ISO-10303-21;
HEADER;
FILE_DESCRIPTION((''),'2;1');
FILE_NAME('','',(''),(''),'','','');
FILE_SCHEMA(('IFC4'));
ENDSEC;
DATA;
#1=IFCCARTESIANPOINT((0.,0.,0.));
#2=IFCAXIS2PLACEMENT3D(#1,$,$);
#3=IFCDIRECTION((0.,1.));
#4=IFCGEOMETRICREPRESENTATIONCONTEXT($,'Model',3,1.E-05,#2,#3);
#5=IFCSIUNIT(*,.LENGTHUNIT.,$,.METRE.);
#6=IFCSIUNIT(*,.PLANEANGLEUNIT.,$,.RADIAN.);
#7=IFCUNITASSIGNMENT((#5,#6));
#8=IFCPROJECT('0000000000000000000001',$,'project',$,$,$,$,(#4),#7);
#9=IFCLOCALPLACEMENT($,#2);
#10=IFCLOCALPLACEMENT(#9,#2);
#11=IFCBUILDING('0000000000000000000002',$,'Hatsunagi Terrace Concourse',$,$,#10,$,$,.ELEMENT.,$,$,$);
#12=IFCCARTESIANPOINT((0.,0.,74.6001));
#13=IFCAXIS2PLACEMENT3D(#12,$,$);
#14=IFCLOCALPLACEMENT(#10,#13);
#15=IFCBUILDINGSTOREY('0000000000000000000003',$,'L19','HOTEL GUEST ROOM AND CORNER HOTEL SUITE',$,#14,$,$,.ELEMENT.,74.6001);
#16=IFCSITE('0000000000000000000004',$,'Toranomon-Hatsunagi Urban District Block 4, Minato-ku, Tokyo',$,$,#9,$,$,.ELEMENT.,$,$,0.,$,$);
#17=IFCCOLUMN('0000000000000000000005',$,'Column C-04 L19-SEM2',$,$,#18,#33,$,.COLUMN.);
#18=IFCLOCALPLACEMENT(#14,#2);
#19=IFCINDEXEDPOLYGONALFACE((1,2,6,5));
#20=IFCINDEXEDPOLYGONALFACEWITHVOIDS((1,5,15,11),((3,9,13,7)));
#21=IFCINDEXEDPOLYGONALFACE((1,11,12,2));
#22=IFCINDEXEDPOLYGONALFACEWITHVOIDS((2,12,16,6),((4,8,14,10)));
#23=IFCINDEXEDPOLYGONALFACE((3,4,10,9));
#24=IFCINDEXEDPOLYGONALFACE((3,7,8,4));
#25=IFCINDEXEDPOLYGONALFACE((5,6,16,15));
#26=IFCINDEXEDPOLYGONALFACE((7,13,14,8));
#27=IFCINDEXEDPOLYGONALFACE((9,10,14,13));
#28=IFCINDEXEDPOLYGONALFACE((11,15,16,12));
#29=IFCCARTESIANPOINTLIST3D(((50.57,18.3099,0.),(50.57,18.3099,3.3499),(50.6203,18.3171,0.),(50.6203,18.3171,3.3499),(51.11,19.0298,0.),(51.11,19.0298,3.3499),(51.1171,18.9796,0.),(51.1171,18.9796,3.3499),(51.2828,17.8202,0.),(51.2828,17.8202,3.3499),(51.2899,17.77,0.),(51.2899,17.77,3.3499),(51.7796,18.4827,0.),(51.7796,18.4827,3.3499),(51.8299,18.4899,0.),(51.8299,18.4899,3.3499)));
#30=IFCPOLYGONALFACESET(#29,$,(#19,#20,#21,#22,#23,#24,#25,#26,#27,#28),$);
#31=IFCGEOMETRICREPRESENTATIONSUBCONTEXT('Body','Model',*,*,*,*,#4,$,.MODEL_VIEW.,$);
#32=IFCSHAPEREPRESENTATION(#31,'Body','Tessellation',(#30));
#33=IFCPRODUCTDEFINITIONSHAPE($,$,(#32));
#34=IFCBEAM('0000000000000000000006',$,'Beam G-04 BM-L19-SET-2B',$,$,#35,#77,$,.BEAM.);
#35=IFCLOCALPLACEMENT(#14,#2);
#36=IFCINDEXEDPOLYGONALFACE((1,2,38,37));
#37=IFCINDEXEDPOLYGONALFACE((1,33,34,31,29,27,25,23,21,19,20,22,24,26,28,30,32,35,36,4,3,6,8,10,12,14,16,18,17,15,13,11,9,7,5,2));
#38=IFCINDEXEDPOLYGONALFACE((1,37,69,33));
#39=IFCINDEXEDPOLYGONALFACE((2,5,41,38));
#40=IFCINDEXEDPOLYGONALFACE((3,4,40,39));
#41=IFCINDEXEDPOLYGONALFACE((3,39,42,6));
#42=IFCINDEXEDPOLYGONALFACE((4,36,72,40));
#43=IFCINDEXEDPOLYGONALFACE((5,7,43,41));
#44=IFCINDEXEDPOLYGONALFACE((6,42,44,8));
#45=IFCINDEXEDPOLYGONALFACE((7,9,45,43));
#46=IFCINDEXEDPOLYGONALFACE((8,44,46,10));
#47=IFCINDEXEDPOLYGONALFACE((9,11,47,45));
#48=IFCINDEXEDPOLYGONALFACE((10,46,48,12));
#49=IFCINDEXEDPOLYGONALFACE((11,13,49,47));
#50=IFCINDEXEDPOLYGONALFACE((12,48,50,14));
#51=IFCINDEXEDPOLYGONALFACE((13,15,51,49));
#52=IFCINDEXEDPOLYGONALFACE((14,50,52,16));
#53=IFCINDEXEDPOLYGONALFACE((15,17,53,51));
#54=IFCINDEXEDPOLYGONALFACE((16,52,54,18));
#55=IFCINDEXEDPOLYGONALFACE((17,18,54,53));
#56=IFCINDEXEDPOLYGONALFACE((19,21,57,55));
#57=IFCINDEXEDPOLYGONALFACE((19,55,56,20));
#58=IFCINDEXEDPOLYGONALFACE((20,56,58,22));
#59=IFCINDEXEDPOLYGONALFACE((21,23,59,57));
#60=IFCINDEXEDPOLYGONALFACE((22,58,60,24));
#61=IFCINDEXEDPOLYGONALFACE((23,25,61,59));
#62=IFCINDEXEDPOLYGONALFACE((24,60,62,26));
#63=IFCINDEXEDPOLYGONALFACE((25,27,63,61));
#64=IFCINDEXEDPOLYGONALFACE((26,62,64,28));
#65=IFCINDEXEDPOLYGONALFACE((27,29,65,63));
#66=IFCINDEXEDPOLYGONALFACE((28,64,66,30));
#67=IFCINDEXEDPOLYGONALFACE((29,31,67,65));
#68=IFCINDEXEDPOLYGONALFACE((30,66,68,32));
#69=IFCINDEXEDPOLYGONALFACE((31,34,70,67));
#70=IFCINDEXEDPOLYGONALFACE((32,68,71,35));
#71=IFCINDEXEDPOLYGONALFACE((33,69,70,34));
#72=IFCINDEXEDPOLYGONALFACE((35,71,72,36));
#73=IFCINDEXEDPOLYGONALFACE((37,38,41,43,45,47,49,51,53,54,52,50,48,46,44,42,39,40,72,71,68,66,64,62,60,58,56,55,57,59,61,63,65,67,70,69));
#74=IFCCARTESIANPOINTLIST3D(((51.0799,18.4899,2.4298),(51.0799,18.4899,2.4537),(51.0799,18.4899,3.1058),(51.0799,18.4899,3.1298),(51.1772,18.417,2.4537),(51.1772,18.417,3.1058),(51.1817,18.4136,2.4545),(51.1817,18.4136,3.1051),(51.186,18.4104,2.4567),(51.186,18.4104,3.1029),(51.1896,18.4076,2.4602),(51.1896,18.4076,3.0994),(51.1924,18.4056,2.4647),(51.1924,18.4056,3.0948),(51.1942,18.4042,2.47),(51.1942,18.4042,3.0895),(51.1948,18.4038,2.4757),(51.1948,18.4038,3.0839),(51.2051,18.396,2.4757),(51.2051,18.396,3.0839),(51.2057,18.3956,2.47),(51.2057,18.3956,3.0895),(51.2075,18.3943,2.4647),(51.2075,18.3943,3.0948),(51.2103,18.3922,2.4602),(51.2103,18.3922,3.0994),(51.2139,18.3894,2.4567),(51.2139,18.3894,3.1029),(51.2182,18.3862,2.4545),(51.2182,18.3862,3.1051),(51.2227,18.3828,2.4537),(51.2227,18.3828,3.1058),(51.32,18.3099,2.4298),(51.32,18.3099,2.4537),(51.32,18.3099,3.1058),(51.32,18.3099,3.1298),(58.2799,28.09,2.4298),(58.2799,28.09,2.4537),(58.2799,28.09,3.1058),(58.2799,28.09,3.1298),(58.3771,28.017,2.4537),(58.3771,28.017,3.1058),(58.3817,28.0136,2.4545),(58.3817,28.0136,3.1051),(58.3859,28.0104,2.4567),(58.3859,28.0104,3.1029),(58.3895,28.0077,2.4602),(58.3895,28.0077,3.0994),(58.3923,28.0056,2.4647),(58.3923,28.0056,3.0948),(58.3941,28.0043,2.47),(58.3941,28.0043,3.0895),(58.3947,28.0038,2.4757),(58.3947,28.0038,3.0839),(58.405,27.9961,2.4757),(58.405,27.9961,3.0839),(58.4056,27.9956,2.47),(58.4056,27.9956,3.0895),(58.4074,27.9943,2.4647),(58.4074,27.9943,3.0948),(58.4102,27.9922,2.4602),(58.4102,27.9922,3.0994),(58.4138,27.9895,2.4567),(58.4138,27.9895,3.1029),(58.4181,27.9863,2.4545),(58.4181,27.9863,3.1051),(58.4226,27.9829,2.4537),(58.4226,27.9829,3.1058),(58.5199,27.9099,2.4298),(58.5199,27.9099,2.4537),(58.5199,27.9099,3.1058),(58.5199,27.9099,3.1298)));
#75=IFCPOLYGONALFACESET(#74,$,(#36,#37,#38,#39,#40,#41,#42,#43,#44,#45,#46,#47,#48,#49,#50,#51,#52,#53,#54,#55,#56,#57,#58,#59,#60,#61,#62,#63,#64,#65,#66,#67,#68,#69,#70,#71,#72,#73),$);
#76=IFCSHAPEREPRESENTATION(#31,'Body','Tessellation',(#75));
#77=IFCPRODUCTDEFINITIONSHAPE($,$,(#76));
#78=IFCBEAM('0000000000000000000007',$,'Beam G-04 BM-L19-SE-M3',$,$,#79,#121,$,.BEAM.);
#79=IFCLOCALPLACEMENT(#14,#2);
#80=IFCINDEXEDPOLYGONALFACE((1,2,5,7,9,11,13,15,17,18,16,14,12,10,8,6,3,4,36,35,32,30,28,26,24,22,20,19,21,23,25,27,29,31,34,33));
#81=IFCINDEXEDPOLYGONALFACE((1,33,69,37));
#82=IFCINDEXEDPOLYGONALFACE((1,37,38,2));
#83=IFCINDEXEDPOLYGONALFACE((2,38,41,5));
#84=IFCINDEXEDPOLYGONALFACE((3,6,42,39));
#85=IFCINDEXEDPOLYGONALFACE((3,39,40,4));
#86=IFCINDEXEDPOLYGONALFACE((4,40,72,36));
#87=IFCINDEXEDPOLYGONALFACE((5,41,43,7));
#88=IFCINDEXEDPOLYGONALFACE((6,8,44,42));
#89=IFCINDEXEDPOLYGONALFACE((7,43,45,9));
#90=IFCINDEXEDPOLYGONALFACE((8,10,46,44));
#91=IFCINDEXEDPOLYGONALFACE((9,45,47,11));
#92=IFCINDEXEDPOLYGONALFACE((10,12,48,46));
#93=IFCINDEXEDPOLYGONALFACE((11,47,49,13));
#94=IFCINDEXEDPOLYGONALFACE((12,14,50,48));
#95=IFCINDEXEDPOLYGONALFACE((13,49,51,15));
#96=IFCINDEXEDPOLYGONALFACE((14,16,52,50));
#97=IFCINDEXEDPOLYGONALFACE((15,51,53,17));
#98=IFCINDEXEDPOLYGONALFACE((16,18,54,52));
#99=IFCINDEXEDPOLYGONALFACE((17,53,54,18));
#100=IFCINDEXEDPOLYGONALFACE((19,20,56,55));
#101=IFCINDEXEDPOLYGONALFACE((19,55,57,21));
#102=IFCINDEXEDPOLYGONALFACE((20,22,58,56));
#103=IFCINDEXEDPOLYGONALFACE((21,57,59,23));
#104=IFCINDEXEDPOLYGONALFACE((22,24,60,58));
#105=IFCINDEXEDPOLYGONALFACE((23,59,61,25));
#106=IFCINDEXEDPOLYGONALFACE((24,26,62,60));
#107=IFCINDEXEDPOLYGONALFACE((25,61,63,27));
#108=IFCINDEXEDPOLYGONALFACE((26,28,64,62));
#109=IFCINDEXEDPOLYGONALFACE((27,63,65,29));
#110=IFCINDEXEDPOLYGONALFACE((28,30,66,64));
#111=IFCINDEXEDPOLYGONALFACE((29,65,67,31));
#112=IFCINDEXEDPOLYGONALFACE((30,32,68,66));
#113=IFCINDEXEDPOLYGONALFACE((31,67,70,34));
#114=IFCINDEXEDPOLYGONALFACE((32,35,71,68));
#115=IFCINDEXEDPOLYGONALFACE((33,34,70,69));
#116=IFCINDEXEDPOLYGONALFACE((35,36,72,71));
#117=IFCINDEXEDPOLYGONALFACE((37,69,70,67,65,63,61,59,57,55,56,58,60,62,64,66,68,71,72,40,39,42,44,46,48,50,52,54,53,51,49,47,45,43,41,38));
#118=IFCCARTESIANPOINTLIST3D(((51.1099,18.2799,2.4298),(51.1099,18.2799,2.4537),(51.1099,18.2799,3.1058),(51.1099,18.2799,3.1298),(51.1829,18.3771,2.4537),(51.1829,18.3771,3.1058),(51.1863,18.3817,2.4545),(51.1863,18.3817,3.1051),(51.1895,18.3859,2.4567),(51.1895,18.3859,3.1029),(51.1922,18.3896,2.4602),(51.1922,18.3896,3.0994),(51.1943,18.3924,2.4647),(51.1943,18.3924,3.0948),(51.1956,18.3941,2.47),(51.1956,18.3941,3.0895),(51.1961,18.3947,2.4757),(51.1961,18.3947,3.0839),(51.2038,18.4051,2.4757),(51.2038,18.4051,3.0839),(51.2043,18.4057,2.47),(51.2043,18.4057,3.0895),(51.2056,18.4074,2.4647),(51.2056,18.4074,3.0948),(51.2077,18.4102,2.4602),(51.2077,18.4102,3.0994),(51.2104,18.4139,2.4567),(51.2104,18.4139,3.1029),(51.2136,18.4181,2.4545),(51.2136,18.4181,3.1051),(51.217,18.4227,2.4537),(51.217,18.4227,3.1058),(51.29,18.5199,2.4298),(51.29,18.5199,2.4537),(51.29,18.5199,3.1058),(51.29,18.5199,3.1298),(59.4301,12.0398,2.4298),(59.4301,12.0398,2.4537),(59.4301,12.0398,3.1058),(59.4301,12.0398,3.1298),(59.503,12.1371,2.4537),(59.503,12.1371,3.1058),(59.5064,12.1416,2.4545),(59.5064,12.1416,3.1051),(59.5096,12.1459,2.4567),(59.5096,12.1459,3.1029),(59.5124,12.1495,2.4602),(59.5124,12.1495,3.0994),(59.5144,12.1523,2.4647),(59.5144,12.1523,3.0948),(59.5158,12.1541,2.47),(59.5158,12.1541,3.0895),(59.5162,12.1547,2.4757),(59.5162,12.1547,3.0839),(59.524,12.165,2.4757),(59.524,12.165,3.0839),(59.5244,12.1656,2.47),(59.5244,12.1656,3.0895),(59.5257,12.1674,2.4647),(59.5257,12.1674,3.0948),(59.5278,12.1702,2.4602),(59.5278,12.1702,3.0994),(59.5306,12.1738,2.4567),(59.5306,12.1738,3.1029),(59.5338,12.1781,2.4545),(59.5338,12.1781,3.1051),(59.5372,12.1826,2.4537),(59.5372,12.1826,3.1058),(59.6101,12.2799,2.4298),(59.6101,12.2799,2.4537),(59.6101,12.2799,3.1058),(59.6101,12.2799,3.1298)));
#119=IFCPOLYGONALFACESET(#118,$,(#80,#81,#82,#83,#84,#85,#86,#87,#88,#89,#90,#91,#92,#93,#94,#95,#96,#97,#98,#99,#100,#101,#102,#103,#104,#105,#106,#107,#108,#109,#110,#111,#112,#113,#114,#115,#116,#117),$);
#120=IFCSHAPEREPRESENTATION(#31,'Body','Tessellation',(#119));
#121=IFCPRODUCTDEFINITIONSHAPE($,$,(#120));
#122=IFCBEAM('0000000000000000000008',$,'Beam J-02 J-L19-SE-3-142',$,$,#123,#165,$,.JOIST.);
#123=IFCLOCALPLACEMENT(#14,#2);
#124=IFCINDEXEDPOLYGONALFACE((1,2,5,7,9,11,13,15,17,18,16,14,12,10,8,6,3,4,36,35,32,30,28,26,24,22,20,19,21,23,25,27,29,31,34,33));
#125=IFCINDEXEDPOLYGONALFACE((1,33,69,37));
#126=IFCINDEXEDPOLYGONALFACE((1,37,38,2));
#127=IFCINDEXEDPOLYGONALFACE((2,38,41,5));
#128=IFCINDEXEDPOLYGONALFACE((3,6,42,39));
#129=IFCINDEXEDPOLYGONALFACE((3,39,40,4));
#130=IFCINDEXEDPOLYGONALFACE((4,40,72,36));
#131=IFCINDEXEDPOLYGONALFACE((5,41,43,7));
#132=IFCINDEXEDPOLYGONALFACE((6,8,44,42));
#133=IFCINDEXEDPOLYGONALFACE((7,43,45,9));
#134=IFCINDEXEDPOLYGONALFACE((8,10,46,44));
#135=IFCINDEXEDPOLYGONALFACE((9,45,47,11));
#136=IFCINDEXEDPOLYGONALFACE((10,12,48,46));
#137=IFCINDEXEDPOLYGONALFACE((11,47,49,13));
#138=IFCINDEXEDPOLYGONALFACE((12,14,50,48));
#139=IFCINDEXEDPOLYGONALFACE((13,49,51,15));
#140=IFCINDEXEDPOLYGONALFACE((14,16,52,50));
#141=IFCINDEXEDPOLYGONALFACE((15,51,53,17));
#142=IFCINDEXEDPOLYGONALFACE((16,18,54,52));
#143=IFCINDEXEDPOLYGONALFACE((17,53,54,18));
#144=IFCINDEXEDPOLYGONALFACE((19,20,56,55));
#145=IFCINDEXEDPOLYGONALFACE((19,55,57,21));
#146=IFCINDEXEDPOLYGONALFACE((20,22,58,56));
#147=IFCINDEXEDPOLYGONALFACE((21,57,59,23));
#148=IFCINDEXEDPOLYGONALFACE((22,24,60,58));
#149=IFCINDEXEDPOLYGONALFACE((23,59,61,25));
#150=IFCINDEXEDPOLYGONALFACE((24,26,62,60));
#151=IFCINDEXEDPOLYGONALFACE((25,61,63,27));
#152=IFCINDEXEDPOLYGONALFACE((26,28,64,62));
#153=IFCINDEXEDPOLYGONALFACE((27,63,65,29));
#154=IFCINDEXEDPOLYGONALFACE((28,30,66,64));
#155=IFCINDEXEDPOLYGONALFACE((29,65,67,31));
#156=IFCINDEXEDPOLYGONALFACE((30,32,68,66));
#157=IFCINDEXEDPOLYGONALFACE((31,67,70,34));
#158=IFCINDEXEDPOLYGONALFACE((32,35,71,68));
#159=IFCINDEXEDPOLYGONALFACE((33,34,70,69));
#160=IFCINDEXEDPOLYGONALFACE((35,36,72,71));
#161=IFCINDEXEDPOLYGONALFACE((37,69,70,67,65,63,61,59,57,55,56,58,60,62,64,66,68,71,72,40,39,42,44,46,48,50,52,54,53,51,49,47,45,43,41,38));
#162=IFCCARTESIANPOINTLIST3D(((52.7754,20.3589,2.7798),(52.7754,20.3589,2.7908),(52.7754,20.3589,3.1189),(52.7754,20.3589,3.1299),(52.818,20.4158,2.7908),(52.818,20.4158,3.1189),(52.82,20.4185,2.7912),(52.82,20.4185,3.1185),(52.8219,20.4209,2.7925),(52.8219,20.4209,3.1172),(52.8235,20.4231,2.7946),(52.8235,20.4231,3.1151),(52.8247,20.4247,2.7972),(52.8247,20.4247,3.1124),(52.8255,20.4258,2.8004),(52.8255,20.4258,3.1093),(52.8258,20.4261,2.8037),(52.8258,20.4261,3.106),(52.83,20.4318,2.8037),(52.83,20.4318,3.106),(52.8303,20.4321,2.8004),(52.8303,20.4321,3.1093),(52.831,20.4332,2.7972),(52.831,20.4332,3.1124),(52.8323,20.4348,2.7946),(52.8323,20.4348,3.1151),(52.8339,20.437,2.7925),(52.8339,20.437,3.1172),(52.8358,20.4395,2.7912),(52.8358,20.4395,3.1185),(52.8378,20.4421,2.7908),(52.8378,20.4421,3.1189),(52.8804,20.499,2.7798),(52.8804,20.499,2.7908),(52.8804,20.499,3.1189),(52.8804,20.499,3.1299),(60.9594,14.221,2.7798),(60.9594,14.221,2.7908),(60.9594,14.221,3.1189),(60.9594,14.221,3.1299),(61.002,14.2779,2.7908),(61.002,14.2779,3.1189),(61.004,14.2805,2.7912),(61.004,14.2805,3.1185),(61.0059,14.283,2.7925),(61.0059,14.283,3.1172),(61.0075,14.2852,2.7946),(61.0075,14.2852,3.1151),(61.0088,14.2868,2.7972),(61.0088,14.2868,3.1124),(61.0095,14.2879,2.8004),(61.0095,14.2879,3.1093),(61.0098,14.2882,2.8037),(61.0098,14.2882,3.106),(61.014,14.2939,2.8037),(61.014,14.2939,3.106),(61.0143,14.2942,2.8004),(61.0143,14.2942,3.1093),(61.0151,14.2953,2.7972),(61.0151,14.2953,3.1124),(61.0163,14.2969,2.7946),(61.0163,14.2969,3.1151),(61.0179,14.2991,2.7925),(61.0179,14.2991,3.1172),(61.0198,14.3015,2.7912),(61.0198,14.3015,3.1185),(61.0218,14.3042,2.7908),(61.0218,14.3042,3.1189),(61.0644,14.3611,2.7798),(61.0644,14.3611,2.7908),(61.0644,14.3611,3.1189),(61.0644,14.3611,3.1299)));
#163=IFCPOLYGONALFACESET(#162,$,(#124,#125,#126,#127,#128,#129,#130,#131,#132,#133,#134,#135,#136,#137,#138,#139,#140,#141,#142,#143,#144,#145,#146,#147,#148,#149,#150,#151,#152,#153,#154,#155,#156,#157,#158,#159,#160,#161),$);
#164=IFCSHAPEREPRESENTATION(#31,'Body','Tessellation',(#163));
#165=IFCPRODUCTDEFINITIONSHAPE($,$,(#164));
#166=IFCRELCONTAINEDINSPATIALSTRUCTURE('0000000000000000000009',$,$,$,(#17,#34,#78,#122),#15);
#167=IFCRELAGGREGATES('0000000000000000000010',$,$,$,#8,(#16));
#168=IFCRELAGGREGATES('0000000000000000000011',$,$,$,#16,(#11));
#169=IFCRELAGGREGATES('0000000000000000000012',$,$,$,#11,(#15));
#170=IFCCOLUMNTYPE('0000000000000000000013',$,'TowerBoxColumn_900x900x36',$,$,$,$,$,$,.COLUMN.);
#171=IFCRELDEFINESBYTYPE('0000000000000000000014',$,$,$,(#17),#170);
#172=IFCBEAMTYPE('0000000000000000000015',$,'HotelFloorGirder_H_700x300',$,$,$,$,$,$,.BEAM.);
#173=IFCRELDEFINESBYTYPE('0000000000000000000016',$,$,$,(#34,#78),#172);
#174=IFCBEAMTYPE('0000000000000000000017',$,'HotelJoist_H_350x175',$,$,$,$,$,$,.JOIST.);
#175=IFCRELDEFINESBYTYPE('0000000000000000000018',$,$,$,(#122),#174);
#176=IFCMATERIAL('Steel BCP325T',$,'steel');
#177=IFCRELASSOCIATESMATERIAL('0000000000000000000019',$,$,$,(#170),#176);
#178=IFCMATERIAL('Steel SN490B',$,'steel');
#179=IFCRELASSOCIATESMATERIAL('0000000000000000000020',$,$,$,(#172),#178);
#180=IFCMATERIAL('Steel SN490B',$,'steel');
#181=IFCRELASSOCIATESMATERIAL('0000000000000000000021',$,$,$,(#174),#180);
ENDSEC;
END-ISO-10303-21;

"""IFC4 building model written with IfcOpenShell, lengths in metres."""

from ifc_helpers import new_model, si_unit, direction, frame, origin, origin_2d, place, context, subcontext, project, spatial, hollow_rectangle, i_section, extrude, material, material_profile, profile_set, type_object, element, save


model = new_model("IFC4")

# Units and contexts
model_context = context("Model", 3, precision=1e-05, world=origin(), true_north=direction((0.0, 1.0)))
body_context = subcontext(model_context, "Body", "Model", "MODEL_VIEW")
ifc_project = project(units=[si_unit("LENGTHUNIT", "METRE"), si_unit("PLANEANGLEUNIT", "RADIAN")], contexts=[model_context])

# Site, building, storey
site_placement = place(None, origin())
site = spatial("IfcSite", under=ifc_project, at=site_placement, Name="Toranomon-Hatsunagi Urban District Block 4, Minato-ku, Tokyo", CompositionType="ELEMENT", RefElevation=0.0)
building_placement = place(site_placement, origin())
building = spatial("IfcBuilding", under=site, at=building_placement, Name="Hatsunagi Terrace Concourse", CompositionType="ELEMENT")
storey_placement = place(building_placement, frame((0.0, 0.0, 74.6001)))
storey = spatial("IfcBuildingStorey", under=building, at=storey_placement, Name="L19", Description="HOTEL GUEST ROOM AND CORNER HOTEL SUITE", CompositionType="ELEMENT", Elevation=74.6001)

# Column
ifc_material_1 = material(Name="Steel BCP325T", Category="steel")
ifc_material_profile_1 = material_profile(ifc_material_1, hollow_rectangle(XDim=0.8999, YDim=0.8999, WallThickness=0.0359, at=origin_2d()), Name="BCP-900x900x36")
ifc_profile_set_1 = profile_set([ifc_material_profile_1], Name="Steel BCP325T")
column_type = type_object("IfcColumnType", Name="TowerBoxColumn_900x900x36", PredefinedType="COLUMN", material=ifc_profile_set_1)
column_placement = place(storey_placement, frame((51.2, 18.3999, 0.0), z_axis=(0.0, 0.0, 1.0), x_axis=(0.8, -0.6, 0.0)))
element("IfcColumn", 1, at=column_placement, inside=storey, type_object=column_type, Name="Column C-04 L19-SEM2", PredefinedType="COLUMN", context=body_context, shape_type="SweptSolid", body=[
    extrude(hollow_rectangle(XDim=0.8999, YDim=0.8999, WallThickness=0.0359, at=origin_2d()), origin(), (0.0, 0.0, 1.0), 3.3499),
])

# Beams
ifc_material_2 = material(Name="Steel SN490B", Category="steel")
ifc_material_profile_2 = material_profile(ifc_material_2, i_section(OverallWidth=0.3, OverallDepth=0.7, WebThickness=0.0129, FlangeThickness=0.0239, FilletRadius=0.022, at=origin_2d()), Name="H-700x300x13x24")
ifc_profile_set_2 = profile_set([ifc_material_profile_2], Name="Steel SN490B")
beam_type_1 = type_object("IfcBeamType", Name="HotelFloorGirder_H_700x300", PredefinedType="BEAM", material=ifc_profile_set_2)
beam_1_placement = place(storey_placement, frame((51.2, 18.3999, 2.7798), z_axis=(0.599993, 0.800005, 0.0), x_axis=(-0.800005, 0.599993, 0.0)))
element("IfcBeam", 2, at=beam_1_placement, inside=storey, type_object=beam_type_1, Name="Beam G-04 BM-L19-SET-2B", PredefinedType="BEAM", context=body_context, shape_type="SweptSolid", body=[
    extrude(i_section(OverallWidth=0.3, OverallDepth=0.7, WebThickness=0.0129, FlangeThickness=0.0239, FilletRadius=0.022, at=origin_2d()), origin(), (0.0, 0.0, 1.0), 12.0),
])
beam_2_placement = place(storey_placement, frame((51.2, 18.3999, 2.7798), z_axis=(0.800003, -0.599996, 0.0), x_axis=(0.599996, 0.800003, 0.0)))
element("IfcBeam", 3, at=beam_2_placement, inside=storey, type_object=beam_type_1, Name="Beam G-04 BM-L19-SE-M3", PredefinedType="BEAM", context=body_context, shape_type="SweptSolid", body=[
    extrude(i_section(OverallWidth=0.3, OverallDepth=0.7, WebThickness=0.0129, FlangeThickness=0.0239, FilletRadius=0.022, at=origin_2d()), origin(), (0.0, 0.0, 1.0), 10.4001),
])
ifc_material_3 = material(Name="Steel SN490B", Category="steel")
ifc_material_profile_3 = material_profile(ifc_material_3, i_section(OverallWidth=0.175, OverallDepth=0.3501, WebThickness=0.0071, FlangeThickness=0.011, FilletRadius=0.0129, at=origin_2d()), Name="H-350x175x7x11")
ifc_profile_set_3 = profile_set([ifc_material_profile_3], Name="Steel SN490B")
beam_type_2 = type_object("IfcBeamType", Name="HotelJoist_H_350x175", PredefinedType="JOIST", material=ifc_profile_set_3)
for number, where, z_axis, x_axis, name in (
    (4, (52.8279, 20.429, 2.9548), (0.800006, -0.599992, 0.0), (0.599992, 0.800006, 0.0), "Beam J-02 J-L19-SE-3-142"),
):
    element("IfcBeam", number, at=place(storey_placement, frame(where, z_axis=z_axis, x_axis=x_axis)), inside=storey, type_object=beam_type_2, Name=name, PredefinedType="JOIST", context=body_context, shape_type="SweptSolid", body=[
        extrude(i_section(OverallWidth=0.175, OverallDepth=0.3501, WebThickness=0.0071, FlangeThickness=0.011, FilletRadius=0.0129, at=origin_2d()), origin(), (0.0, 0.0, 1.0), 10.23),
    ])

save(model, "model.ifc")
